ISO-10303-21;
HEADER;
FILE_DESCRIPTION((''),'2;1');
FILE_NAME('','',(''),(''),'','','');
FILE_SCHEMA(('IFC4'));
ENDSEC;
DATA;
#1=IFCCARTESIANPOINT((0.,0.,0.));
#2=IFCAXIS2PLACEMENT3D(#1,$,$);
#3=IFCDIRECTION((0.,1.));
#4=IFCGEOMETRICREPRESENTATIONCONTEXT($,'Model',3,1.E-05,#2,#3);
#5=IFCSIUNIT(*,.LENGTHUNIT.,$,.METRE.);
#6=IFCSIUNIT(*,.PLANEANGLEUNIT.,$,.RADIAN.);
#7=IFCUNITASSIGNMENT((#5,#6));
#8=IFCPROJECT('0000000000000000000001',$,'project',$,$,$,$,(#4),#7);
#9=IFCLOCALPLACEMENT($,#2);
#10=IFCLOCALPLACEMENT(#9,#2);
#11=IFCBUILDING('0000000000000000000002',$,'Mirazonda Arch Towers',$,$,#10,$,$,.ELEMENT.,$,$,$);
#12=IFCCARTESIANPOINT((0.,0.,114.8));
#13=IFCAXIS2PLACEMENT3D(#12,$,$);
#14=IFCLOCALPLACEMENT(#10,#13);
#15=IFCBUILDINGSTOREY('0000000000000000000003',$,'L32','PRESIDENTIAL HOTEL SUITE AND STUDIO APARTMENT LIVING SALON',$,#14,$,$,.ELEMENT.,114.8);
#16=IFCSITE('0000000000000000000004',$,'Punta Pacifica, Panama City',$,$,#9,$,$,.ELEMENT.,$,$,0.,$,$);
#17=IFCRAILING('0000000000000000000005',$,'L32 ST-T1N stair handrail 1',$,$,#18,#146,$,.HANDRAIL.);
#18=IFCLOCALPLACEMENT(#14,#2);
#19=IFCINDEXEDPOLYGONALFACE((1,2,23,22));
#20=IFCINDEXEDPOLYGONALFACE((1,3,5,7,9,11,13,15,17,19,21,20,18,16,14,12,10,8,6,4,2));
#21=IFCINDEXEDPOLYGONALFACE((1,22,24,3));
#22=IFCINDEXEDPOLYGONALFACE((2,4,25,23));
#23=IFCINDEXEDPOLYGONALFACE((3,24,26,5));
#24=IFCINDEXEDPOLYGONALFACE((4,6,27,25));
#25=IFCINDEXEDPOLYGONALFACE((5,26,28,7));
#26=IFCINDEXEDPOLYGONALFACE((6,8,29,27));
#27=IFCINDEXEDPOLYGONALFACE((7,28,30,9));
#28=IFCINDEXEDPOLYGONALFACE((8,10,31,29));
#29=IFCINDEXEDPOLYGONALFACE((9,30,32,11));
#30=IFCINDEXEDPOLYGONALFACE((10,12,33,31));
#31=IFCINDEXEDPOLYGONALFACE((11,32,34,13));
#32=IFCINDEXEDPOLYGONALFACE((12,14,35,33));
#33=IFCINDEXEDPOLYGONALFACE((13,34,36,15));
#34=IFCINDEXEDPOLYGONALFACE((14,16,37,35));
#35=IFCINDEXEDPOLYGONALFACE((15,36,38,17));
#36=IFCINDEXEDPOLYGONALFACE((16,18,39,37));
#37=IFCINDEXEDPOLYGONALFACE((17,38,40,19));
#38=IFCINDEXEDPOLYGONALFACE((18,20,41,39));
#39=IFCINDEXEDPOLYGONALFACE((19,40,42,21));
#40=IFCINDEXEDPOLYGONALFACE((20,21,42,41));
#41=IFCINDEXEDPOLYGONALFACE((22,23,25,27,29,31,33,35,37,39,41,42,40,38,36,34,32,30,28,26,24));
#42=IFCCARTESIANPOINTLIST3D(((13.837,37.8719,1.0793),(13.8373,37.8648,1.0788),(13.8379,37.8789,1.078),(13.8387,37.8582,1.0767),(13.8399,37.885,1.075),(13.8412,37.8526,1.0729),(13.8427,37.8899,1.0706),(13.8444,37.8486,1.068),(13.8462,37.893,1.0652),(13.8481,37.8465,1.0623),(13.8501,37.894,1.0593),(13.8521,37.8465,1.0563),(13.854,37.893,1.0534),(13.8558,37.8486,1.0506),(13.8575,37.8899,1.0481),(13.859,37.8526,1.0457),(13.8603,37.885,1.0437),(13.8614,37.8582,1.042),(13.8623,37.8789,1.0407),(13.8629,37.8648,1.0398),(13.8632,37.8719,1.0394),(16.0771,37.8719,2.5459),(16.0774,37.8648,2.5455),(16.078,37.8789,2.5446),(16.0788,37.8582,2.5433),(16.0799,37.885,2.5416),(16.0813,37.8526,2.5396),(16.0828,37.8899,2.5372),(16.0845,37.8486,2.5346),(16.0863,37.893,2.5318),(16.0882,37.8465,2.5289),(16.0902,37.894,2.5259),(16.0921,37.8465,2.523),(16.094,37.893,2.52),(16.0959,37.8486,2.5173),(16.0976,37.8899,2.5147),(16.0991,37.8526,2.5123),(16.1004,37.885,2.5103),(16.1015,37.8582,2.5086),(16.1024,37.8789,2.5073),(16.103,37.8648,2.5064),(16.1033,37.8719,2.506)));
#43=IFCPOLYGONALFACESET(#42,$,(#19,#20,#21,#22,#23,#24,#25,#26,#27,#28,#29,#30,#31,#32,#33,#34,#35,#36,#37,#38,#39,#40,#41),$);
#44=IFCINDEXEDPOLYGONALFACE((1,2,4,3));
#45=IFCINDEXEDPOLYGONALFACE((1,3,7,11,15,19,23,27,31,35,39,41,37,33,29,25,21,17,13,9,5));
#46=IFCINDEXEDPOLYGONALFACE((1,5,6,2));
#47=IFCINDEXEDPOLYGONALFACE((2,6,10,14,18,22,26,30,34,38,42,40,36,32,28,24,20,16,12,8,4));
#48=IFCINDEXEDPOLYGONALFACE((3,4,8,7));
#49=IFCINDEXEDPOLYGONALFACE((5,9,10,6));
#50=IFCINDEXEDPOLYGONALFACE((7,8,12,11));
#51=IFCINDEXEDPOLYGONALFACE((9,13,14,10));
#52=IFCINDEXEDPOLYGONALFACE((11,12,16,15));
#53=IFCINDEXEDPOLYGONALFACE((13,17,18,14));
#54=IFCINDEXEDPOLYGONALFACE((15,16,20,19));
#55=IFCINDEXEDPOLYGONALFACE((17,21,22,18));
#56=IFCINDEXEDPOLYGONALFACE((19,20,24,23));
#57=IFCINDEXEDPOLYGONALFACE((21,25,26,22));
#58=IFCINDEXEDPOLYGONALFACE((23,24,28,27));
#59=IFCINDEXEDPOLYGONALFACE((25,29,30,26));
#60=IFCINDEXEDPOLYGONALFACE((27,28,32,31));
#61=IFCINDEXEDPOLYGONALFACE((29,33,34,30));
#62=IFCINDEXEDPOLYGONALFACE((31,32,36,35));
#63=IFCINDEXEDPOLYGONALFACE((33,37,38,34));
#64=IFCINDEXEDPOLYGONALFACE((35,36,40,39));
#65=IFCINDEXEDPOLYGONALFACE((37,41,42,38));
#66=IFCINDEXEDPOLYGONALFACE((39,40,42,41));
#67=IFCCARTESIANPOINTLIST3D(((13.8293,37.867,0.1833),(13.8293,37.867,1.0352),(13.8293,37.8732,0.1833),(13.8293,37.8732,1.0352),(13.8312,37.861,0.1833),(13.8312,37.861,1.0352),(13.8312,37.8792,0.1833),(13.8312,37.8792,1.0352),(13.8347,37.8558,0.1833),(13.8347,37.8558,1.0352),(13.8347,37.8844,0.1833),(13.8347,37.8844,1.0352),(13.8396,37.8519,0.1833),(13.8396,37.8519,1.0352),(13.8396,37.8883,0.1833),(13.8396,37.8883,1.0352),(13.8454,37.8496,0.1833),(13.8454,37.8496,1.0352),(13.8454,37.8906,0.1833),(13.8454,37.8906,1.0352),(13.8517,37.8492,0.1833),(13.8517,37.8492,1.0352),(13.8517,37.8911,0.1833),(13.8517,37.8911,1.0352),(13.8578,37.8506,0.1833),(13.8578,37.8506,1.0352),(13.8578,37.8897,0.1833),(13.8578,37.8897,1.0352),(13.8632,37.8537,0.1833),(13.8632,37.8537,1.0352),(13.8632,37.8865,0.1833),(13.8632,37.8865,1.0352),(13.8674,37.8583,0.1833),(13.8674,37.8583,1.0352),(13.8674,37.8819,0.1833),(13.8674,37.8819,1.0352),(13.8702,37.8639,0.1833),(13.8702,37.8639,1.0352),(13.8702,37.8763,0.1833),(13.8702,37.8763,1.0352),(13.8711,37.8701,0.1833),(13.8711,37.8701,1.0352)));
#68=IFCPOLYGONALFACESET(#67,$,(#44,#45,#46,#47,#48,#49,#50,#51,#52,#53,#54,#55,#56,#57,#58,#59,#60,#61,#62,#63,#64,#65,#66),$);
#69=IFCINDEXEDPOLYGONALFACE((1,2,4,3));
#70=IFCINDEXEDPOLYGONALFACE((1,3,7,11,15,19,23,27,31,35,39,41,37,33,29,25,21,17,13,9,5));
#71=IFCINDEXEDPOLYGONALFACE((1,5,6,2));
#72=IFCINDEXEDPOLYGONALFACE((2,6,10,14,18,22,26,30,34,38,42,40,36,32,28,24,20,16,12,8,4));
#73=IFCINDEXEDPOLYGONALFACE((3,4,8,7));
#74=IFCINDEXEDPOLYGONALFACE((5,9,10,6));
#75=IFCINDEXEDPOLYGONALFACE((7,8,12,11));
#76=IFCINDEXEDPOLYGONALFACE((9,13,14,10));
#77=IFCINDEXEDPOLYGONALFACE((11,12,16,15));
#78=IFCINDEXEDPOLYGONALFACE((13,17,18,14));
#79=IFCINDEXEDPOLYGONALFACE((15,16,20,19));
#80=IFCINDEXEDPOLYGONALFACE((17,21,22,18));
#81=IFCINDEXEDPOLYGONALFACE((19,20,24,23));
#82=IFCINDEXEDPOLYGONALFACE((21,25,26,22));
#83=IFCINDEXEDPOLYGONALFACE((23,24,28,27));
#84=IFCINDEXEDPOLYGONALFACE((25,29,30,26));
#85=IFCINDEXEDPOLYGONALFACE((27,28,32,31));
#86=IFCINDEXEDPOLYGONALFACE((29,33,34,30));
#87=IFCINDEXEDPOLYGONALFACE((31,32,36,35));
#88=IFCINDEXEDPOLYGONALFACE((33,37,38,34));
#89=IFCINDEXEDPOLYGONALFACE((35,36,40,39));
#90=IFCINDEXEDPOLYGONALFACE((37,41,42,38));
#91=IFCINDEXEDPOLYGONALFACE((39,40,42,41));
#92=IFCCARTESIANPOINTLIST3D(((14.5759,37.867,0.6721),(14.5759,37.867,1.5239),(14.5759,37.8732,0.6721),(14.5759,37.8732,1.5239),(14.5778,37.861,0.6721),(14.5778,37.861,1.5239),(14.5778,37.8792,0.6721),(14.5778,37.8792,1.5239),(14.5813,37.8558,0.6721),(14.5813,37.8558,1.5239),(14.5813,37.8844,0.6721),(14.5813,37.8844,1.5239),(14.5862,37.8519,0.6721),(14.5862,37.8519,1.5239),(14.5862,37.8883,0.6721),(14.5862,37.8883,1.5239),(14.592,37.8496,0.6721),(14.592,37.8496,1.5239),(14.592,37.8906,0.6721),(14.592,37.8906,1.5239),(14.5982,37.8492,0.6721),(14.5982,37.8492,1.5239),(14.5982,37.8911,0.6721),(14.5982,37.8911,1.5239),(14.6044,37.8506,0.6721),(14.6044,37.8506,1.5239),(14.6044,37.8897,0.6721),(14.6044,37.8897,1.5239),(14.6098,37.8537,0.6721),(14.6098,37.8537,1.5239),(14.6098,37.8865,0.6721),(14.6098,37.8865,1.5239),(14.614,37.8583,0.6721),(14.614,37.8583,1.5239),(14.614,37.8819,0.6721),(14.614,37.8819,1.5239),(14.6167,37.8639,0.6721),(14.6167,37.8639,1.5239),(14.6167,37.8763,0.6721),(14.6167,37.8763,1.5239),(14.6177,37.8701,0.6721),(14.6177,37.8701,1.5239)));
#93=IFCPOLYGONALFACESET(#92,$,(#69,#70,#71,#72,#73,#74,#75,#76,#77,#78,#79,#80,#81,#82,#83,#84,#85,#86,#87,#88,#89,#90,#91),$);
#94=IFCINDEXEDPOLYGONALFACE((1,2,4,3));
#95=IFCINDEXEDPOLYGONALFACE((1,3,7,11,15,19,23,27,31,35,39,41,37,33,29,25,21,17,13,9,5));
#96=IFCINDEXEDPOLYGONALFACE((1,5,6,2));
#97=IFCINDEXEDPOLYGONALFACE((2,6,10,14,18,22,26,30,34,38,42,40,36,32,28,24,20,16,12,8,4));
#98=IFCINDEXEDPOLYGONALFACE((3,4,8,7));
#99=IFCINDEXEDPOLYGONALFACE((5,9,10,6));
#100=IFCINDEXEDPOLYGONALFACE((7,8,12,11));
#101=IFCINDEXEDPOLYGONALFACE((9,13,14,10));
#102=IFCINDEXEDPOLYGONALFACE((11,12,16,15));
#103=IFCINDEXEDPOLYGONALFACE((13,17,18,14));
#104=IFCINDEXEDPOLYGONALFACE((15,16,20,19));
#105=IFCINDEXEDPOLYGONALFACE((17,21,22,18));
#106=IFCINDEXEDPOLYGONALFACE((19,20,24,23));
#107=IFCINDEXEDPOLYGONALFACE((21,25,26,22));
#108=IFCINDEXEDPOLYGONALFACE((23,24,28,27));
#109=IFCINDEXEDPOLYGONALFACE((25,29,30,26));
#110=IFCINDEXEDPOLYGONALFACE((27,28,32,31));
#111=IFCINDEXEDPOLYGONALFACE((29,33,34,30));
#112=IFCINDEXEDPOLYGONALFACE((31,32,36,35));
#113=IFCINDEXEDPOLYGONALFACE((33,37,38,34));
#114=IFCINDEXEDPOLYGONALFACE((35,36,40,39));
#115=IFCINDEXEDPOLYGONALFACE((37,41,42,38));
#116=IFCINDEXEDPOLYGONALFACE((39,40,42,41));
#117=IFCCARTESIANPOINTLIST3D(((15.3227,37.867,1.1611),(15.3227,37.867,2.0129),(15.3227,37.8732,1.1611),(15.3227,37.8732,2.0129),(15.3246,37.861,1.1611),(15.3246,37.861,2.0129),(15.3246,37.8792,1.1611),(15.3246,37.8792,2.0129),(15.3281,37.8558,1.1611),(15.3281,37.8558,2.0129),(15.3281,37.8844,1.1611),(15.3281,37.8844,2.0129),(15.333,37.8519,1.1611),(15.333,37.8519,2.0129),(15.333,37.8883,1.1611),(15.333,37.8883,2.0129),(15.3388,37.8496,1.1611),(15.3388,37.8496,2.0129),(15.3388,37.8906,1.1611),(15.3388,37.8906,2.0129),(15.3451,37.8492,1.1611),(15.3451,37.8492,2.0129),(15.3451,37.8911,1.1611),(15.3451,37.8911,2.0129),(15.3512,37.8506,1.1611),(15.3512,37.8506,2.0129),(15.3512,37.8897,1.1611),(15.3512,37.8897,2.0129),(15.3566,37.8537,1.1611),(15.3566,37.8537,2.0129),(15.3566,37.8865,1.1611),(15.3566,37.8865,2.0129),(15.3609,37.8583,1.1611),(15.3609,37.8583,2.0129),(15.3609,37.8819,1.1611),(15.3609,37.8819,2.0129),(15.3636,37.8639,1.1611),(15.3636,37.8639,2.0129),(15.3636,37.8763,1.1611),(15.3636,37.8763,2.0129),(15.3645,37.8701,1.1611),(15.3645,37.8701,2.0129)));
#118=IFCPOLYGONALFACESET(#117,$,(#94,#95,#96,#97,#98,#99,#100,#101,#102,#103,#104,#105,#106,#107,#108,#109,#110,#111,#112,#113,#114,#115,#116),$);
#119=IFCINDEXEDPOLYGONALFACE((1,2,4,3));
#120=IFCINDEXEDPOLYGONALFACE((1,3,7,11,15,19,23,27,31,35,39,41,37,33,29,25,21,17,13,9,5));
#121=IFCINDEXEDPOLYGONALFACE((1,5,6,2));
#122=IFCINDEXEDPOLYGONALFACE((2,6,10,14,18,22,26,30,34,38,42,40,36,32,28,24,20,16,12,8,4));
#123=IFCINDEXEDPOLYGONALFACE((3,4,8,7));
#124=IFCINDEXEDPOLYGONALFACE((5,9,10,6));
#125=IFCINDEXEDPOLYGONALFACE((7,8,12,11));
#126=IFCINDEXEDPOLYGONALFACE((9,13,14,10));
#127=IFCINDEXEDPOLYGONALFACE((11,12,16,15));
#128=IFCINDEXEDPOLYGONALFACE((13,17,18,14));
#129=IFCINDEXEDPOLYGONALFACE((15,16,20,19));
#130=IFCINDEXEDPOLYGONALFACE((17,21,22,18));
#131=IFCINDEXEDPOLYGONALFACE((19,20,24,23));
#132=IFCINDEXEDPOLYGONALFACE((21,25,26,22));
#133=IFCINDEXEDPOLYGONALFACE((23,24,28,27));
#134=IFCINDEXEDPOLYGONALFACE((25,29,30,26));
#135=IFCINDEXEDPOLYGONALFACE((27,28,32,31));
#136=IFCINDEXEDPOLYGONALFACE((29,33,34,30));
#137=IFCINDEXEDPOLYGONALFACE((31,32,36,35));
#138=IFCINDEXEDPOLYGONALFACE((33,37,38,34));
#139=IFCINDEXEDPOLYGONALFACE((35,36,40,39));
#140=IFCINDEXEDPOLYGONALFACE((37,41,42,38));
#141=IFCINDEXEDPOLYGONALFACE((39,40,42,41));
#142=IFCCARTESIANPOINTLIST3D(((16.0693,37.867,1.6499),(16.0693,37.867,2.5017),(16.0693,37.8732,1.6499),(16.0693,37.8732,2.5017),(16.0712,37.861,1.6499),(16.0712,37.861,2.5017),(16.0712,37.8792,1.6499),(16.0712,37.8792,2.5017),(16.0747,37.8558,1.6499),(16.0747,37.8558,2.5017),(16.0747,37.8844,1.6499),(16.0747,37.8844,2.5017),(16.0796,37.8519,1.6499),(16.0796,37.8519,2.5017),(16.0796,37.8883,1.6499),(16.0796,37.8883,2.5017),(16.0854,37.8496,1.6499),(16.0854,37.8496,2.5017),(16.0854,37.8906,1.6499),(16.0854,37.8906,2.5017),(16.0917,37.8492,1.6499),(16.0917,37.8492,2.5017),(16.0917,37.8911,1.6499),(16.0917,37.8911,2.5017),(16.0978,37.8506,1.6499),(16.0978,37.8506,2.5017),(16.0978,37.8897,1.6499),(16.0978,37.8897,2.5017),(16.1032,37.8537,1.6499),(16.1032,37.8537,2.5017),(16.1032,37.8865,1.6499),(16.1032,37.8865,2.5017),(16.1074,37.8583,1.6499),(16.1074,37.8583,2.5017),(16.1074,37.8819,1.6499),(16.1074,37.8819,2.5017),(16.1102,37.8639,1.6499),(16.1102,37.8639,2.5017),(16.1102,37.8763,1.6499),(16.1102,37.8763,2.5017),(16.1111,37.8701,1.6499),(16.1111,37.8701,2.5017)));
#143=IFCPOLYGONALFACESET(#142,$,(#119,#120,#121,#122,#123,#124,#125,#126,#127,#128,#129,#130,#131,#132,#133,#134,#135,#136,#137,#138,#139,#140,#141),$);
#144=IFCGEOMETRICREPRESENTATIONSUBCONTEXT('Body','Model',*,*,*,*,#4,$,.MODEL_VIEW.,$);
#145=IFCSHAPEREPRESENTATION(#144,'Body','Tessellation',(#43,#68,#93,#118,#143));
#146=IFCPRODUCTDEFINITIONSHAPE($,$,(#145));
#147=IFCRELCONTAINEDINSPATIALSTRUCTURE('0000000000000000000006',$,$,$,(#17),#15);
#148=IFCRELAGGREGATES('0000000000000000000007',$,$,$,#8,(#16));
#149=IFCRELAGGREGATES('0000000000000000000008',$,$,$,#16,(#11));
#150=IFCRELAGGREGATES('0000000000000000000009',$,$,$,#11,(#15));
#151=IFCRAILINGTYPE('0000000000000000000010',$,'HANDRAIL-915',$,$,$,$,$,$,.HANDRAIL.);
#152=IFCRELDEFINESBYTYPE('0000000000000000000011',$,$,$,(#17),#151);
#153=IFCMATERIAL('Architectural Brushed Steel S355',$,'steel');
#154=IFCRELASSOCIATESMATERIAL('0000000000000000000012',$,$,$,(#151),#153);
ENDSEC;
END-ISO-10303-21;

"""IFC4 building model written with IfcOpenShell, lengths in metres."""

from ifc_helpers import new_model, si_unit, direction, frame, origin, origin_2d, place, context, subcontext, project, spatial, circle, extrude, material, type_object, element, save


model = new_model("IFC4")

# Units and contexts
model_context = context("Model", 3, precision=1e-05, world=origin(), true_north=direction((0.0, 1.0)))
body_context = subcontext(model_context, "Body", "Model", "MODEL_VIEW")
ifc_project = project(units=[si_unit("LENGTHUNIT", "METRE"), si_unit("PLANEANGLEUNIT", "RADIAN")], contexts=[model_context])

# Site, building, storey
site_placement = place(None, origin())
site = spatial("IfcSite", under=ifc_project, at=site_placement, Name="Punta Pacifica, Panama City", CompositionType="ELEMENT", RefElevation=0.0)
building_placement = place(site_placement, origin())
building = spatial("IfcBuilding", under=site, at=building_placement, Name="Mirazonda Arch Towers", CompositionType="ELEMENT")
storey_placement = place(building_placement, frame((0.0, 0.0, 114.8)))
storey = spatial("IfcBuildingStorey", under=building, at=storey_placement, Name="L32", Description="PRESIDENTIAL HOTEL SUITE AND STUDIO APARTMENT LIVING SALON", CompositionType="ELEMENT", Elevation=114.8)

# Shared definitions
ifc_material_1 = material(Name="Architectural Brushed Steel S355", Category="steel")

# Railing
railing_type_1 = type_object("IfcRailingType", Name="HANDRAIL-915", PredefinedType="HANDRAIL", material=ifc_material_1)
railing_1_placement = place(storey_placement, frame((13.8501, 37.8701, 0.1833)))
element("IfcRailing", 1, at=railing_1_placement, inside=storey, type_object=railing_type_1, Name="L32 ST-T1N stair handrail 1", PredefinedType="HANDRAIL", context=body_context, shape_type="SweptSolid", body=[
    extrude(circle(Radius=0.0239, at=origin_2d()), frame((0.0, 0.0, 0.876), z_axis=(0.836637, 0.0, 0.547758), x_axis=(0.0, 1.0, 0.0)), (0.0, 0.0, 1.0), 2.6775),
    extrude(circle(Radius=0.021, at=origin_2d()), origin(), (0.0, 0.0, 1.0), 0.8518),
    extrude(circle(Radius=0.021, at=origin_2d()), frame((0.7466, 0.0, 0.4888)), (0.0, 0.0, 1.0), 0.8518),
    extrude(circle(Radius=0.021, at=origin_2d()), frame((1.4934, 0.0, 0.9778)), (0.0, 0.0, 1.0), 0.8518),
    extrude(circle(Radius=0.021, at=origin_2d()), frame((2.24, 0.0, 1.4666)), (0.0, 0.0, 1.0), 0.8518),
])

save(model, "model.ifc")
